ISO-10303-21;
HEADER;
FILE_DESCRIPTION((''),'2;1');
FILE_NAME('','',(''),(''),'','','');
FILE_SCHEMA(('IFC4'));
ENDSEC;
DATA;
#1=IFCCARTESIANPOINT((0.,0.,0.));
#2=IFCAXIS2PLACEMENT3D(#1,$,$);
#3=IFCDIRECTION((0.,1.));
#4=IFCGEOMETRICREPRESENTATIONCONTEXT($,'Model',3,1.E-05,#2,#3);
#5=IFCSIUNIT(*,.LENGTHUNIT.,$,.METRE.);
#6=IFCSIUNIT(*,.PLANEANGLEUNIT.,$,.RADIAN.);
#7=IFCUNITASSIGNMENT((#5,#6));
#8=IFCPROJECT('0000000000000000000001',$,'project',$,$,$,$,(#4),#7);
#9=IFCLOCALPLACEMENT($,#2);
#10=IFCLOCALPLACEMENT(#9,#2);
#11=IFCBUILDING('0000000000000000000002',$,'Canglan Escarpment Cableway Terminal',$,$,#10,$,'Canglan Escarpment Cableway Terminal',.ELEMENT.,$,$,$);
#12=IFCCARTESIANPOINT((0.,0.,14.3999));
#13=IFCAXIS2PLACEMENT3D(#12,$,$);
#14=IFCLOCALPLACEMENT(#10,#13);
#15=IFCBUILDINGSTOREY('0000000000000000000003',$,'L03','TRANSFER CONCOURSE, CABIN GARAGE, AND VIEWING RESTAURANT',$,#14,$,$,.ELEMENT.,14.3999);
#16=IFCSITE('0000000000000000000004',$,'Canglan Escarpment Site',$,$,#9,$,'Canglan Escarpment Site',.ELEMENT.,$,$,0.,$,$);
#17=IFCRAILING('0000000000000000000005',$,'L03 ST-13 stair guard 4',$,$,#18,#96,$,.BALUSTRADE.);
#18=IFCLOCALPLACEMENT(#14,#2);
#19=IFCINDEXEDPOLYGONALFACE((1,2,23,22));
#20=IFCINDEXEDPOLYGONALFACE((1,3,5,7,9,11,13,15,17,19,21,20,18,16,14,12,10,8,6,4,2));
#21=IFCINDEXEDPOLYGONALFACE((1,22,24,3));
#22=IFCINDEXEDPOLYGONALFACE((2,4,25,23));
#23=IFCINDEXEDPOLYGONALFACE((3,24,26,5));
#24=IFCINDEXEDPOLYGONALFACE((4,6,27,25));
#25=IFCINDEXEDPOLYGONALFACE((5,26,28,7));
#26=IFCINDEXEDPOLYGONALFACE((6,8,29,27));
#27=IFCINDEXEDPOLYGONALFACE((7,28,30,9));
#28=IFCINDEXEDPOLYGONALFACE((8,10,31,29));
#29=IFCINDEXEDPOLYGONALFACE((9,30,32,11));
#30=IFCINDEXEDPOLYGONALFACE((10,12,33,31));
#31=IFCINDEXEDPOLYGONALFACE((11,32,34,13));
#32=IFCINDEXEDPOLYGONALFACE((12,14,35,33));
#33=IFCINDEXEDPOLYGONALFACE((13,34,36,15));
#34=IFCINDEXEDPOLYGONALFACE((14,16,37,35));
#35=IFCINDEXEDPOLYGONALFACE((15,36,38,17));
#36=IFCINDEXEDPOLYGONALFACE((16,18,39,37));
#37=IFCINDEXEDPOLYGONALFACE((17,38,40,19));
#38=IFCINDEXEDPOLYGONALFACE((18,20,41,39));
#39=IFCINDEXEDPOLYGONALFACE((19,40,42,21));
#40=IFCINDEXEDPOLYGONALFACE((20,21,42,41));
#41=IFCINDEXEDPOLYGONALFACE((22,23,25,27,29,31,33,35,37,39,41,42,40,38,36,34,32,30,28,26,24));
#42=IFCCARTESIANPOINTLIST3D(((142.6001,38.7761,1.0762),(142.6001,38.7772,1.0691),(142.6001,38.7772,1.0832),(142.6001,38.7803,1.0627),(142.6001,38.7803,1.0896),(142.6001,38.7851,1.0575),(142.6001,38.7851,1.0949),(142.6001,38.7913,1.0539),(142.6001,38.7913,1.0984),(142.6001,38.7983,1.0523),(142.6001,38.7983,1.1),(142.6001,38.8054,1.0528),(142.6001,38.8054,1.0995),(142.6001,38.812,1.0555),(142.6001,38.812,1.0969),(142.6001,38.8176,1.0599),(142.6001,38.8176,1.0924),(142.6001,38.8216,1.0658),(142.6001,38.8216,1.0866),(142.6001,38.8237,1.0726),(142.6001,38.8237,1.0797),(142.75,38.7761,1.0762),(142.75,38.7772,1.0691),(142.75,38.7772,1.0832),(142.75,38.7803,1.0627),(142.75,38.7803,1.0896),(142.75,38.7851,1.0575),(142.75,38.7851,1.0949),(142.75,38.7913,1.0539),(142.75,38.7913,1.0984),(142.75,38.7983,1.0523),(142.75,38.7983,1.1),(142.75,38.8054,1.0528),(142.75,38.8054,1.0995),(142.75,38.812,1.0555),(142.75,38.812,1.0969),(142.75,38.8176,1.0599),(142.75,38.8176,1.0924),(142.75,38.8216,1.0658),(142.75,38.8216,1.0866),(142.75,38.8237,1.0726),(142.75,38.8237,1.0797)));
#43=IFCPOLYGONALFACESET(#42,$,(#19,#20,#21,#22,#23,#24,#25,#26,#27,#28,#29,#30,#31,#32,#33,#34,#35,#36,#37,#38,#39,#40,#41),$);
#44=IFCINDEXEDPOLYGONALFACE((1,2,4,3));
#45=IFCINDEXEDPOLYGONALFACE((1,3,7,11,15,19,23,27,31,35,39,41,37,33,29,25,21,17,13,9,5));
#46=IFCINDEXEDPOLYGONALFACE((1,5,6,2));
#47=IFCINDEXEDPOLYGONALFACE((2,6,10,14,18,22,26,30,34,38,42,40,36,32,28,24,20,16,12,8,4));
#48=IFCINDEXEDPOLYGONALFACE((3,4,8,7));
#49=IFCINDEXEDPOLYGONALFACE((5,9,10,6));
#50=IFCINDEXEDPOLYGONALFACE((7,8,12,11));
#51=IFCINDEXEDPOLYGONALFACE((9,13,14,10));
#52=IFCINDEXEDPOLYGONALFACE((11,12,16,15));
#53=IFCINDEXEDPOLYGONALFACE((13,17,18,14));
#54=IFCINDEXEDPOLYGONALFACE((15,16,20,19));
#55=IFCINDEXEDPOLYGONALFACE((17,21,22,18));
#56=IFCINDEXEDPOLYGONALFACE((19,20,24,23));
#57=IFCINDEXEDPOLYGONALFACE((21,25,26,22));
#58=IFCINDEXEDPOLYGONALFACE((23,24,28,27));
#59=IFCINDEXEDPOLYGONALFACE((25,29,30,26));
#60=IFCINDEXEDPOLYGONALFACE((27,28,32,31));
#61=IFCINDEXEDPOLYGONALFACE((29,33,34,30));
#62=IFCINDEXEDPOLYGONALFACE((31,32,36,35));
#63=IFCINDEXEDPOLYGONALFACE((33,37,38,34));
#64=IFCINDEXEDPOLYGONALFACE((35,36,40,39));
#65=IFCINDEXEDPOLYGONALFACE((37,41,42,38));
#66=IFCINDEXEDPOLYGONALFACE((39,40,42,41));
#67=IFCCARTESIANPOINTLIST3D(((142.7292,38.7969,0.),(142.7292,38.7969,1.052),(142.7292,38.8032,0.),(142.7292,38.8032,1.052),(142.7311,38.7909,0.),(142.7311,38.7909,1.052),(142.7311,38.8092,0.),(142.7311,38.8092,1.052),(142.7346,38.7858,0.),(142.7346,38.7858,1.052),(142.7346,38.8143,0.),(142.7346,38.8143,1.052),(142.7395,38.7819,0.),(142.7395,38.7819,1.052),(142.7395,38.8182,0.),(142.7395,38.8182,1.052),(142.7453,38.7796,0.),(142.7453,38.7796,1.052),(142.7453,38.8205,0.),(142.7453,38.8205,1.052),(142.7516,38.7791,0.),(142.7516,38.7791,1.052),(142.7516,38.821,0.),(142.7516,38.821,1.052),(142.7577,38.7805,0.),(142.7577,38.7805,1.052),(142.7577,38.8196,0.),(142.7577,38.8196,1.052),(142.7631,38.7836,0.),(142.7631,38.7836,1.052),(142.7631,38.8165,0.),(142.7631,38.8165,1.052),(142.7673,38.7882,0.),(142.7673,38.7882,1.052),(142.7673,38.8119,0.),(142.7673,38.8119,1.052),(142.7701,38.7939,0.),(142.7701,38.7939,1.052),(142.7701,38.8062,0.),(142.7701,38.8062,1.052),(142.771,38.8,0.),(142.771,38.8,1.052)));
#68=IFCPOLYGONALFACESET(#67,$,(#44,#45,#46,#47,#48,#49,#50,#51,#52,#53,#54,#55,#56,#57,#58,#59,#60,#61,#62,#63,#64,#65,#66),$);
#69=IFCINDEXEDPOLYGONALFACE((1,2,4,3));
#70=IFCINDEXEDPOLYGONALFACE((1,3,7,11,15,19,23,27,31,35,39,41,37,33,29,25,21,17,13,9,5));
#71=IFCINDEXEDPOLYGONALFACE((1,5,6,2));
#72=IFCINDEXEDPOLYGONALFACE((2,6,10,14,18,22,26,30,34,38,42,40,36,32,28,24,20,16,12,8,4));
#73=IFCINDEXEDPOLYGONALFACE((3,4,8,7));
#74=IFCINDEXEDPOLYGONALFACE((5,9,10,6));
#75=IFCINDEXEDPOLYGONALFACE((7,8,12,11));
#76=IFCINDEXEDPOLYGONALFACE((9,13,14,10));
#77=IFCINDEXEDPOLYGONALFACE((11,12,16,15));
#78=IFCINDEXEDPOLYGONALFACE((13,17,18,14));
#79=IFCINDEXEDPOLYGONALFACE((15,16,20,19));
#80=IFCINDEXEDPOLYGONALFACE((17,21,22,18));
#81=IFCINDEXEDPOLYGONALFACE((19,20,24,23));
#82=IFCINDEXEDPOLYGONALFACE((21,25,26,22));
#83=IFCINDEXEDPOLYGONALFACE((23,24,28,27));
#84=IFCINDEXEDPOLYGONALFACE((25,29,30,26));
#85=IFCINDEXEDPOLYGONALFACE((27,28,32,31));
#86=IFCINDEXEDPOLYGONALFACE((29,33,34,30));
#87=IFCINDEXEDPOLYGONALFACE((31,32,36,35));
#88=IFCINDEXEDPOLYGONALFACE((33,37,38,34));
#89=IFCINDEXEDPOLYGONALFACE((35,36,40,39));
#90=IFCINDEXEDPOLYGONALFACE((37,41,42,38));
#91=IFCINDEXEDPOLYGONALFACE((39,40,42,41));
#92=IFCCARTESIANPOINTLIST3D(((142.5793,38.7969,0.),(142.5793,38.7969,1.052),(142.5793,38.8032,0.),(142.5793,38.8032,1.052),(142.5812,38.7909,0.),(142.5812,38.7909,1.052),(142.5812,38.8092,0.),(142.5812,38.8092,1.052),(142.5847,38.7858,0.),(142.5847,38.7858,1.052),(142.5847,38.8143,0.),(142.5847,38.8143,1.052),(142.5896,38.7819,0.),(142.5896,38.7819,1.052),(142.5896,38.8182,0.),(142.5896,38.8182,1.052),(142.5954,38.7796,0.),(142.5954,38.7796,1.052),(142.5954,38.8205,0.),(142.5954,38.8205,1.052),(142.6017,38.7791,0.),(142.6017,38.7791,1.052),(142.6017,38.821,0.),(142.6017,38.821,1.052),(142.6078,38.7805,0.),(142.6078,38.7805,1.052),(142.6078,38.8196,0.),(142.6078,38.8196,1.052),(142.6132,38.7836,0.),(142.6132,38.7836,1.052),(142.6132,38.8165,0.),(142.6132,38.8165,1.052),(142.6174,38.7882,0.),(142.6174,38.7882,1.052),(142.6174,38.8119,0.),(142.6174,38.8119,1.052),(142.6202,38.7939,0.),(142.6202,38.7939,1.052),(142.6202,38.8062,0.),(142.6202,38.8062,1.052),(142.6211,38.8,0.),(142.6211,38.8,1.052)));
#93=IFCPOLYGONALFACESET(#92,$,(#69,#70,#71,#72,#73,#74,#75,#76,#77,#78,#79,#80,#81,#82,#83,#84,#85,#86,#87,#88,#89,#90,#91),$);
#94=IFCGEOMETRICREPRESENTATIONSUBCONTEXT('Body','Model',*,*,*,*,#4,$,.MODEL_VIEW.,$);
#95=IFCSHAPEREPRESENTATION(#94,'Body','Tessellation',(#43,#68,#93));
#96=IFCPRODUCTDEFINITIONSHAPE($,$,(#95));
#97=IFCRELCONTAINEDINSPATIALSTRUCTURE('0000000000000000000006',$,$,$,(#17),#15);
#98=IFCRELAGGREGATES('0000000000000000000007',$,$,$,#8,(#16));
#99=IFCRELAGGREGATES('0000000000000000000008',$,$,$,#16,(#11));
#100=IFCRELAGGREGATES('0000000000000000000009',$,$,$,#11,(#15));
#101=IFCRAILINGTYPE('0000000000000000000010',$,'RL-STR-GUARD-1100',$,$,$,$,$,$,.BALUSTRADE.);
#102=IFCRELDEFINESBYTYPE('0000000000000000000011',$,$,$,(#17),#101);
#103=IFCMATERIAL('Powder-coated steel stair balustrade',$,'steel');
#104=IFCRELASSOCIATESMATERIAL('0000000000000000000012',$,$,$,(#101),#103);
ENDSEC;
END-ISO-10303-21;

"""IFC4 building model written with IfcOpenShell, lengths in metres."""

from ifc_helpers import new_model, si_unit, direction, frame, origin, origin_2d, place, context, subcontext, project, spatial, circle, extrude, material, type_object, element, save


model = new_model("IFC4")

# Units and contexts
model_context = context("Model", 3, precision=1e-05, world=origin(), true_north=direction((0.0, 1.0)))
body_context = subcontext(model_context, "Body", "Model", "MODEL_VIEW")
ifc_project = project(units=[si_unit("LENGTHUNIT", "METRE"), si_unit("PLANEANGLEUNIT", "RADIAN")], contexts=[model_context])

# Site, building, storey
site_placement = place(None, origin())
site = spatial("IfcSite", under=ifc_project, at=site_placement, Name="Canglan Escarpment Site", LongName="Canglan Escarpment Site", CompositionType="ELEMENT", RefElevation=0.0)
building_placement = place(site_placement, origin())
building = spatial("IfcBuilding", under=site, at=building_placement, Name="Canglan Escarpment Cableway Terminal", LongName="Canglan Escarpment Cableway Terminal", CompositionType="ELEMENT")
storey_placement = place(building_placement, frame((0.0, 0.0, 14.3999)))
storey = spatial("IfcBuildingStorey", under=building, at=storey_placement, Name="L03", Description="TRANSFER CONCOURSE, CABIN GARAGE, AND VIEWING RESTAURANT", CompositionType="ELEMENT", Elevation=14.3999)

# Railing
ifc_material_1 = material(Name="Powder-coated steel stair balustrade", Category="steel")
railing_type_1 = type_object("IfcRailingType", Name="RL-STR-GUARD-1100", PredefinedType="BALUSTRADE", material=ifc_material_1)
railing_1_placement = place(storey_placement, frame((142.75, 38.8, 0.0)))
element("IfcRailing", 1, at=railing_1_placement, inside=storey, type_object=railing_type_1, Name="L03 ST-13 stair guard 4", PredefinedType="BALUSTRADE", context=body_context, shape_type="SweptSolid", body=[
    extrude(circle(Radius=0.0239, at=origin_2d()), frame((0.0, 0.0, 1.0762), z_axis=(-1.0, 0.0, 0.0), x_axis=(0.0, -1.0, 0.0)), (0.0, 0.0, 1.0), 0.1499),
    extrude(circle(Radius=0.021, at=origin_2d()), origin(), (0.0, 0.0, 1.0), 1.052),
    extrude(circle(Radius=0.021, at=origin_2d()), frame((-0.1499, 0.0, 0.0)), (0.0, 0.0, 1.0), 1.052),
])

save(model, "model.ifc")
